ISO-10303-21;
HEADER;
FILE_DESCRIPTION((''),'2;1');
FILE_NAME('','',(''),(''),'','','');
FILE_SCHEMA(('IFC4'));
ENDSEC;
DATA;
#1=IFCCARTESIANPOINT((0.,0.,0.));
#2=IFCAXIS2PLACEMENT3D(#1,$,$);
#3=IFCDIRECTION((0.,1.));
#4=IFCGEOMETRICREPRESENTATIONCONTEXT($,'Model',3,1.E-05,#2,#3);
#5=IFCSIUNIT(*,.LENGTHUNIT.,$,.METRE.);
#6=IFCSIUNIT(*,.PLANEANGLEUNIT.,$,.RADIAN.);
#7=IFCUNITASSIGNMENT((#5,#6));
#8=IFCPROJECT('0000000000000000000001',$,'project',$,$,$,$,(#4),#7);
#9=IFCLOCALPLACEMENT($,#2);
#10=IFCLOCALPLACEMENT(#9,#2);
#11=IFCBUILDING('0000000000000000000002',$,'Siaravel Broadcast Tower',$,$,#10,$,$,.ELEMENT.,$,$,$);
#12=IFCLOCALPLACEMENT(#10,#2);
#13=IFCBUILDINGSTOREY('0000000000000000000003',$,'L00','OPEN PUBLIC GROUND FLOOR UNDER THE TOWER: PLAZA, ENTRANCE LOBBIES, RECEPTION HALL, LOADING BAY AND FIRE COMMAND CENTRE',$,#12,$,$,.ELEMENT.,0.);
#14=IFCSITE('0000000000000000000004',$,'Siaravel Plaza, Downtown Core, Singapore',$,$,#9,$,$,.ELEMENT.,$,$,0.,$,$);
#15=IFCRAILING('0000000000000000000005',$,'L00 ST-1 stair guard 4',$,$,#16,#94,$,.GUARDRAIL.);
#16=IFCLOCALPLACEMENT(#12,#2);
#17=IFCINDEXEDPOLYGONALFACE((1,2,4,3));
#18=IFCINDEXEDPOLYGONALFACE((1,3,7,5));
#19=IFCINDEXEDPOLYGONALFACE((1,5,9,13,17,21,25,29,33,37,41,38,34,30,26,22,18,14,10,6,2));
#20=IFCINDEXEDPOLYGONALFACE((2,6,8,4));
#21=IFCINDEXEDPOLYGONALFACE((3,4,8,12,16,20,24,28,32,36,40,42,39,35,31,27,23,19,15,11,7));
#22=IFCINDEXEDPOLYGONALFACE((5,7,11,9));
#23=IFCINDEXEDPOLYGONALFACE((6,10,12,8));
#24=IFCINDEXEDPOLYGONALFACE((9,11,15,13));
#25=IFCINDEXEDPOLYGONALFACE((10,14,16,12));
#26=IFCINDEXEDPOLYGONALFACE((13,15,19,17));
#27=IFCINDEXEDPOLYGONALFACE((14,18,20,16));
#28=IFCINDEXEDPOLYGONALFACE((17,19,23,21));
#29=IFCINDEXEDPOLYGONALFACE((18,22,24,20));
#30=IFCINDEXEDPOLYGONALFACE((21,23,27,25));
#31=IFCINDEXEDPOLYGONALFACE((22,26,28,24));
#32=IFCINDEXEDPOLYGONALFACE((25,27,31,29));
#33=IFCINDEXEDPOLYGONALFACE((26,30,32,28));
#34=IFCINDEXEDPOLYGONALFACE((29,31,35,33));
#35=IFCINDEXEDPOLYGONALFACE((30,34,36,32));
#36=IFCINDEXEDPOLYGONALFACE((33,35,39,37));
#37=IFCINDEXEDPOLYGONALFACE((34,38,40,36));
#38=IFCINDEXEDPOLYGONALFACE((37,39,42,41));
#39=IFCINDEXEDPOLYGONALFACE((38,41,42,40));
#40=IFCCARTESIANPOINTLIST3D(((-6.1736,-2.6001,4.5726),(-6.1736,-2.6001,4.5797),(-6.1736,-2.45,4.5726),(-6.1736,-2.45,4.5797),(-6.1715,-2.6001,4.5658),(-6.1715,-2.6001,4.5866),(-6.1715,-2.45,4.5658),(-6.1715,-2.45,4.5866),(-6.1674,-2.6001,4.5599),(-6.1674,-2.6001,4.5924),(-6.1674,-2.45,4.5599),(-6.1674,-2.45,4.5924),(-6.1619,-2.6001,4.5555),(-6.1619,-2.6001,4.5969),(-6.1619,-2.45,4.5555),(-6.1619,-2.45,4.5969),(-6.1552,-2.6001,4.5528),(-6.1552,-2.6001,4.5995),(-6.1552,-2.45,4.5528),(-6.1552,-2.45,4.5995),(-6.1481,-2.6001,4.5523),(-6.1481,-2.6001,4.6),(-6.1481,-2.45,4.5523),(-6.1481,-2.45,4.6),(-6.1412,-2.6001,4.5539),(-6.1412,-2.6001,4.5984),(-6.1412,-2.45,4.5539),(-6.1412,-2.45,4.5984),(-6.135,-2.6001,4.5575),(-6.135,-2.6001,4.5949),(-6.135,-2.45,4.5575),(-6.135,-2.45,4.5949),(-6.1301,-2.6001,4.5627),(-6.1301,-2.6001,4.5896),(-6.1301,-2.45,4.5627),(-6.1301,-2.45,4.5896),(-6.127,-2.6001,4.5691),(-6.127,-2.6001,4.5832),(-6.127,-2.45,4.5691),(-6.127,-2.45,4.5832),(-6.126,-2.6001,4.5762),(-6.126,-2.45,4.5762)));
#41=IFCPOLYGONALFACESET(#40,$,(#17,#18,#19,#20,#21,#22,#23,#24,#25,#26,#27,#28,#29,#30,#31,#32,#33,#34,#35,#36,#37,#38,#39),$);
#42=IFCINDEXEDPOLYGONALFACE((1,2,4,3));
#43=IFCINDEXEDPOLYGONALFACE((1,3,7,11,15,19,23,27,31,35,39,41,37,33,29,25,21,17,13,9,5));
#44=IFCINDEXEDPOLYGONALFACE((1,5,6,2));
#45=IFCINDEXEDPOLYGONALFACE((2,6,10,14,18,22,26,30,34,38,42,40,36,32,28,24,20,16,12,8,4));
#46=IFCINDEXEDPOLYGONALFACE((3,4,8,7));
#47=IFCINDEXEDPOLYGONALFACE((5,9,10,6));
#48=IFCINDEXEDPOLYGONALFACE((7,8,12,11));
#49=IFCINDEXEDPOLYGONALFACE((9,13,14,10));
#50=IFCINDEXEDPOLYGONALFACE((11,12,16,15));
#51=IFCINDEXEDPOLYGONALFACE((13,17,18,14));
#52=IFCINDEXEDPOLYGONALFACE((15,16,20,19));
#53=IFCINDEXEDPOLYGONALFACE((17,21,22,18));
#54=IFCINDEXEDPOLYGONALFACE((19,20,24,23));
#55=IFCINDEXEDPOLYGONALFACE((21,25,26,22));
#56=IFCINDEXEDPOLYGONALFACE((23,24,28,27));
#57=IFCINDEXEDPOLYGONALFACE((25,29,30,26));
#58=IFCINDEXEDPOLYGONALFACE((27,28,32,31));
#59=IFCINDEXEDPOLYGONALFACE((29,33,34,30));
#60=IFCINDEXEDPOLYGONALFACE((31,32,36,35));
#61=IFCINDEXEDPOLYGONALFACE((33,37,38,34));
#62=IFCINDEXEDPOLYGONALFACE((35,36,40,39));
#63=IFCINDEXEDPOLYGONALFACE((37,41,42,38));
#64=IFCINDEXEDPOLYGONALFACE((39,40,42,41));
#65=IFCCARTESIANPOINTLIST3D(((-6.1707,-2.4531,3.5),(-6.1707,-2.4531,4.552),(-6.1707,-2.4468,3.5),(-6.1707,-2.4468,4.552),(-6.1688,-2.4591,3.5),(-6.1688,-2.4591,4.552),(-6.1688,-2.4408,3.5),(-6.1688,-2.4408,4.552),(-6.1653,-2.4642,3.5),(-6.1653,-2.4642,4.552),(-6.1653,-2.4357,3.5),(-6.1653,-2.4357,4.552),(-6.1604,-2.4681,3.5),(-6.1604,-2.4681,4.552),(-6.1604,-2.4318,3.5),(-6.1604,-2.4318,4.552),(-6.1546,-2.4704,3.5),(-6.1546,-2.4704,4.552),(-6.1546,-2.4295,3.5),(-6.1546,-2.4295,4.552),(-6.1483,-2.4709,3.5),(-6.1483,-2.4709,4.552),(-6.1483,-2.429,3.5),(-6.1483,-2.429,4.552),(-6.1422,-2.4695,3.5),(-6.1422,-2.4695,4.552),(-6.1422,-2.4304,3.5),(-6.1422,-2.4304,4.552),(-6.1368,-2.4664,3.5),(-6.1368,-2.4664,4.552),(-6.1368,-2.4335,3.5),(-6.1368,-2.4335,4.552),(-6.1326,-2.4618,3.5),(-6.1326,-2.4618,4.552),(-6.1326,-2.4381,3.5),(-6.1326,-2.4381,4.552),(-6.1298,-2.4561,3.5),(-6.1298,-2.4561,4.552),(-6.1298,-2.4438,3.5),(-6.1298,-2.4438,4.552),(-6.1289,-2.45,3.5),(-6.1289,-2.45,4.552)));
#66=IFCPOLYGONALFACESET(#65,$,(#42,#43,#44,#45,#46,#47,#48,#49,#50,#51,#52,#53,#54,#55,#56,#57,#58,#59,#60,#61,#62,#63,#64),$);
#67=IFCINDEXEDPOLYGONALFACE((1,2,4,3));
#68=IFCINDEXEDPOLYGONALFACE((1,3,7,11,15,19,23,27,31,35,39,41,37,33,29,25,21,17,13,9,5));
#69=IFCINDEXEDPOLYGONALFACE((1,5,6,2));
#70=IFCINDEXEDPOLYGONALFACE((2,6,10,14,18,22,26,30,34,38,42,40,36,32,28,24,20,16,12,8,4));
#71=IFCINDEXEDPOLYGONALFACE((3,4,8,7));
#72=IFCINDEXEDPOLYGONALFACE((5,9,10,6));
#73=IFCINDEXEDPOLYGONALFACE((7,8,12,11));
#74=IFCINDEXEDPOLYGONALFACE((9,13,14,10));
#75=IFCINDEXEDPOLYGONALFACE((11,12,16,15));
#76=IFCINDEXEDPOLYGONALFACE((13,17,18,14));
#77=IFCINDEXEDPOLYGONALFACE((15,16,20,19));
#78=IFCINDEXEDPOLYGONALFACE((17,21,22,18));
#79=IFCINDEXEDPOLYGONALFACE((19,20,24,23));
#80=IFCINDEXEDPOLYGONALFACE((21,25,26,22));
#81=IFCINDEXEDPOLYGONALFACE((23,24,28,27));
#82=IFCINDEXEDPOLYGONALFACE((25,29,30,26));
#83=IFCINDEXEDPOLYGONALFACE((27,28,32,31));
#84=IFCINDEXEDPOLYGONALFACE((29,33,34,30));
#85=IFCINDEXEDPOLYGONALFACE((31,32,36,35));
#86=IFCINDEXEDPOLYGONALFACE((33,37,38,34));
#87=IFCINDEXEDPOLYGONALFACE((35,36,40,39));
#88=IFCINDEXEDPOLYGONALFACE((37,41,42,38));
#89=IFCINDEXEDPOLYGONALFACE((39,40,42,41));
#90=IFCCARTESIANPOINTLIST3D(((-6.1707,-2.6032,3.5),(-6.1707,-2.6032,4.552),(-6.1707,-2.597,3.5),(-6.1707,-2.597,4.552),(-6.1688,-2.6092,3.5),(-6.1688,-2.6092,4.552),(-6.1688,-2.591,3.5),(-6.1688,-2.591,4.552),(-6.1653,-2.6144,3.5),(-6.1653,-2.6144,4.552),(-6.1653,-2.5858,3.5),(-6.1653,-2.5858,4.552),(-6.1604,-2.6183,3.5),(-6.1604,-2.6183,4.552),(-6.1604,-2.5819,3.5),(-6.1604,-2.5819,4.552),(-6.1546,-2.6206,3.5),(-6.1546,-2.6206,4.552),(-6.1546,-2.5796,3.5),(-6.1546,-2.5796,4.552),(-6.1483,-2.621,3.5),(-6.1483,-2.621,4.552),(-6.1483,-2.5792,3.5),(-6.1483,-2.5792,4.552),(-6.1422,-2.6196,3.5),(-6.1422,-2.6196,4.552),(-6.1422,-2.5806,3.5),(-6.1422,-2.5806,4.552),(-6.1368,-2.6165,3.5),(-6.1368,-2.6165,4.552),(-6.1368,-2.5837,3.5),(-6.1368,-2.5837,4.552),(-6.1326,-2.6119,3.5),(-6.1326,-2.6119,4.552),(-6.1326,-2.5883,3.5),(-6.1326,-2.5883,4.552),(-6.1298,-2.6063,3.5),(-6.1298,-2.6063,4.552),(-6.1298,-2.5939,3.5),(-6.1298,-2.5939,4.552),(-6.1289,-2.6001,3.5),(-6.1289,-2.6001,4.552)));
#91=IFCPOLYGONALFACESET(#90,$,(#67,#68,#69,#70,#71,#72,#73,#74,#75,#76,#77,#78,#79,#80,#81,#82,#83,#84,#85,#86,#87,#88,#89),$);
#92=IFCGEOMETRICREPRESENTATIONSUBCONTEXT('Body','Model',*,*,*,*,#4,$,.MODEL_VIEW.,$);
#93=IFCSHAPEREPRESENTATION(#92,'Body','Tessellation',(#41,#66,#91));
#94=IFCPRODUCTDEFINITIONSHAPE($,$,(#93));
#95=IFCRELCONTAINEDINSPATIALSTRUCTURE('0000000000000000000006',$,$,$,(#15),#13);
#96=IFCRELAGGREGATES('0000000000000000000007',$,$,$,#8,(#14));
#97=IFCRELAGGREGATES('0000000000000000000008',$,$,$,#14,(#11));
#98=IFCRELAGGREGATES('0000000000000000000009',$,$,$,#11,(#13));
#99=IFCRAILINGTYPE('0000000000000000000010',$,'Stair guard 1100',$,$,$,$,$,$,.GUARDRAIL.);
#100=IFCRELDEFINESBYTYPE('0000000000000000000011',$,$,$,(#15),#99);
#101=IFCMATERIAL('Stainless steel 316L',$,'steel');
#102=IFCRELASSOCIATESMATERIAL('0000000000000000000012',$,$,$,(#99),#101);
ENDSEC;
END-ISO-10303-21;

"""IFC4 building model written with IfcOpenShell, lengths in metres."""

from ifc_helpers import new_model, si_unit, direction, frame, origin, origin_2d, place, context, subcontext, project, spatial, circle, extrude, material, type_object, element, save


model = new_model("IFC4")

# Units and contexts
model_context = context("Model", 3, precision=1e-05, world=origin(), true_north=direction((0.0, 1.0)))
body_context = subcontext(model_context, "Body", "Model", "MODEL_VIEW")
ifc_project = project(units=[si_unit("LENGTHUNIT", "METRE"), si_unit("PLANEANGLEUNIT", "RADIAN")], contexts=[model_context])

# Site, building, storey
site_placement = place(None, origin())
site = spatial("IfcSite", under=ifc_project, at=site_placement, Name="Siaravel Plaza, Downtown Core, Singapore", CompositionType="ELEMENT", RefElevation=0.0)
building_placement = place(site_placement, origin())
building = spatial("IfcBuilding", under=site, at=building_placement, Name="Siaravel Broadcast Tower", CompositionType="ELEMENT")
storey_placement = place(building_placement, origin())
storey = spatial("IfcBuildingStorey", under=building, at=storey_placement, Name="L00", Description="OPEN PUBLIC GROUND FLOOR UNDER THE TOWER: PLAZA, ENTRANCE LOBBIES, RECEPTION HALL, LOADING BAY AND FIRE COMMAND CENTRE", CompositionType="ELEMENT", Elevation=0.0)

# Shared definitions
ifc_material_1 = material(Name="Stainless steel 316L", Category="steel")

# Railing
railing_type_1 = type_object("IfcRailingType", Name="Stair guard 1100", PredefinedType="GUARDRAIL", material=ifc_material_1)
railing_1_placement = place(storey_placement, frame((-6.1499, -2.45, 3.5)))
element("IfcRailing", 1, at=railing_1_placement, inside=storey, type_object=railing_type_1, Name="L00 ST-1 stair guard 4", PredefinedType="GUARDRAIL", context=body_context, shape_type="SweptSolid", body=[
    extrude(circle(Radius=0.0239, at=origin_2d()), frame((0.0, 0.0, 1.0762), z_axis=(0.0, -1.0, 0.0), x_axis=(1.0, 0.0, 0.0)), (0.0, 0.0, 1.0), 0.1501),
    extrude(circle(Radius=0.021, at=origin_2d()), origin(), (0.0, 0.0, 1.0), 1.052),
    extrude(circle(Radius=0.021, at=origin_2d()), frame((0.0, -0.1501, 0.0)), (0.0, 0.0, 1.0), 1.052),
])

save(model, "model.ifc")
